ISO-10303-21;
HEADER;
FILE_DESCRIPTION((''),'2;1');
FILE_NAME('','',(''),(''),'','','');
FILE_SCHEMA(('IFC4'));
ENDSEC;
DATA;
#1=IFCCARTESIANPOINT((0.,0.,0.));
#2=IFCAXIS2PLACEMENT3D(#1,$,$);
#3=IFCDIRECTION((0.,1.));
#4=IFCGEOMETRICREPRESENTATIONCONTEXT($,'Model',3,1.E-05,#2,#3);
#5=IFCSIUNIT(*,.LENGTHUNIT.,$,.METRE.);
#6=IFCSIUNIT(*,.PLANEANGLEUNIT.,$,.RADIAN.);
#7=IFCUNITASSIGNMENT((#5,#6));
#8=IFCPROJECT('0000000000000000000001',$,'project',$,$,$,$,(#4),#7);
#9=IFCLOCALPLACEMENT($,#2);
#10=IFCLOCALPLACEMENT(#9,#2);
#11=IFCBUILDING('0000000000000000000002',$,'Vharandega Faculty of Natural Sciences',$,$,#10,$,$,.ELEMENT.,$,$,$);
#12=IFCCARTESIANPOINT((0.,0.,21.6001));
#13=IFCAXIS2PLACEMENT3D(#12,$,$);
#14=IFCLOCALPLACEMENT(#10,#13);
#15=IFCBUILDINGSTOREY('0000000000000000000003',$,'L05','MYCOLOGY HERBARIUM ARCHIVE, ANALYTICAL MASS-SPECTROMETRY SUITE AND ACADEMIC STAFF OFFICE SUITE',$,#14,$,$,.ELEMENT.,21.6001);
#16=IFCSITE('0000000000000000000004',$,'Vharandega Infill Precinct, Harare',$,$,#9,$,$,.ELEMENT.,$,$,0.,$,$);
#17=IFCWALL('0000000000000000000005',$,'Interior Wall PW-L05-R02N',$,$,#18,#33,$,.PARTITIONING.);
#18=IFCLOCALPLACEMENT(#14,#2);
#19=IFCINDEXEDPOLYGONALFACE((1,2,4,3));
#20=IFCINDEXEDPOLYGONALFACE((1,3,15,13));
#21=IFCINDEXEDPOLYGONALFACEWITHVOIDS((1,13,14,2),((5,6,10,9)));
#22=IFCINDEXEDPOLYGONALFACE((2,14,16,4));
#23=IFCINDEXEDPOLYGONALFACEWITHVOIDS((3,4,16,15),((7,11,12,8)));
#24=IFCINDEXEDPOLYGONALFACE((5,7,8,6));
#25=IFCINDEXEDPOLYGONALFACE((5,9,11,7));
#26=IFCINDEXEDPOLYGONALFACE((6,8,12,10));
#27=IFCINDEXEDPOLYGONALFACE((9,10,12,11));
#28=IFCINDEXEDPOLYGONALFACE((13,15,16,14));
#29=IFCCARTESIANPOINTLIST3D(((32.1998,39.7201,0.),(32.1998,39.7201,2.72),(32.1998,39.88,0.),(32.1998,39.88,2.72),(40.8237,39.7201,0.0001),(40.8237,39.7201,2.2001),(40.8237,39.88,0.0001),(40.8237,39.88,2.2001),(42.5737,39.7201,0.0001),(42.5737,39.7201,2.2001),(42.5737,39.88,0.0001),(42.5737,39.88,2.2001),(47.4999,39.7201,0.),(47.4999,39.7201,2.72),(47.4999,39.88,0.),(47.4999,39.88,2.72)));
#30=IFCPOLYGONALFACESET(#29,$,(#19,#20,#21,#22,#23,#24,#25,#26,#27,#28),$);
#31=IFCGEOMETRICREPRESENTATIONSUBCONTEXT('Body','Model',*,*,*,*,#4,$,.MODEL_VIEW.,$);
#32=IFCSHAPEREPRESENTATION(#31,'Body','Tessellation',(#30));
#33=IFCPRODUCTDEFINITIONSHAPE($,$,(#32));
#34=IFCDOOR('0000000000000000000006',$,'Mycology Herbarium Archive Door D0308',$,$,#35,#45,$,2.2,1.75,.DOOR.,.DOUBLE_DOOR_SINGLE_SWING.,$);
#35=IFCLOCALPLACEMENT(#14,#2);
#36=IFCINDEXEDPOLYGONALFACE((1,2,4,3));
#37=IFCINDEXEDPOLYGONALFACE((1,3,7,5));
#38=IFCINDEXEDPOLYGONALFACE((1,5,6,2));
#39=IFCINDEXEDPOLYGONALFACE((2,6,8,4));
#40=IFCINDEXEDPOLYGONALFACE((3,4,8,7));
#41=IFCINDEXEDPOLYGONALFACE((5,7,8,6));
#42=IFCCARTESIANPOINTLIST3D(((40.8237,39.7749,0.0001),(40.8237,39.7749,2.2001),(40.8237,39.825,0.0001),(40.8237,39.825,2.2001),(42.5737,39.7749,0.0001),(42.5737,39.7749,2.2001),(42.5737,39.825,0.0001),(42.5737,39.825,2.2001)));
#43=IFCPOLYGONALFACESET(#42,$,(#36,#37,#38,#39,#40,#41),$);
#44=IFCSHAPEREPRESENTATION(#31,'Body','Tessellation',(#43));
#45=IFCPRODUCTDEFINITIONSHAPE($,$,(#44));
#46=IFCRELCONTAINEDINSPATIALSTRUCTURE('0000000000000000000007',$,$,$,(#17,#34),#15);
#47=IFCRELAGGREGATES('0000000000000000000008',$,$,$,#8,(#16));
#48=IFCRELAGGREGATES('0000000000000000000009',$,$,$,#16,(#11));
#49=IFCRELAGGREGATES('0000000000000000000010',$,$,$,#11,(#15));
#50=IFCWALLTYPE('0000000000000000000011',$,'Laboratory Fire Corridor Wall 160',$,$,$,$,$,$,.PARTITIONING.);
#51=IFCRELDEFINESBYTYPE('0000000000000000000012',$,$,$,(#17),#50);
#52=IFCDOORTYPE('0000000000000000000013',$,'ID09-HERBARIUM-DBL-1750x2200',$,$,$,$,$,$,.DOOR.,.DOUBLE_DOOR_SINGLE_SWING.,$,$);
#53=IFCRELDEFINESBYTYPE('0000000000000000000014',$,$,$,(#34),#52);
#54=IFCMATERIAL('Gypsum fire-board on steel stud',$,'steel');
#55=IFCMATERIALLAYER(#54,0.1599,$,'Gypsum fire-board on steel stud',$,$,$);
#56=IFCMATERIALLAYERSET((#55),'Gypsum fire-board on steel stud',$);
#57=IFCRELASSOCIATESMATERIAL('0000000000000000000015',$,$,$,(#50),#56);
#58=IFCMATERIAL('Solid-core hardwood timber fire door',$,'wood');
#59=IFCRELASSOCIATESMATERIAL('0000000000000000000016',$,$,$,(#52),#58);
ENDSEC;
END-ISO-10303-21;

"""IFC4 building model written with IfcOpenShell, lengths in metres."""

from ifc_helpers import new_model, si_unit, direction, frame, frame_2d, origin, place, context, subcontext, project, spatial, rectangle, extrude, material, layer, layer_set, type_object, element, fill, save


model = new_model("IFC4")

# Units and contexts
model_context = context("Model", 3, precision=1e-05, world=origin(), true_north=direction((0.0, 1.0)))
body_context = subcontext(model_context, "Body", "Model", "MODEL_VIEW")
ifc_project = project(units=[si_unit("LENGTHUNIT", "METRE"), si_unit("PLANEANGLEUNIT", "RADIAN")], contexts=[model_context])

# Site, building, storey
site_placement = place(None, origin())
site = spatial("IfcSite", under=ifc_project, at=site_placement, Name="Vharandega Infill Precinct, Harare", CompositionType="ELEMENT", RefElevation=0.0)
building_placement = place(site_placement, origin())
building = spatial("IfcBuilding", under=site, at=building_placement, Name="Vharandega Faculty of Natural Sciences", CompositionType="ELEMENT")
storey_placement = place(building_placement, frame((0.0, 0.0, 21.6001)))
storey = spatial("IfcBuildingStorey", under=building, at=storey_placement, Name="L05", Description="MYCOLOGY HERBARIUM ARCHIVE, ANALYTICAL MASS-SPECTROMETRY SUITE AND ACADEMIC STAFF OFFICE SUITE", CompositionType="ELEMENT", Elevation=21.6001)

# Wall, opening, door
ifc_material_1 = material(Name="Gypsum fire-board on steel stud", Category="steel")
ifc_layer_1 = layer(ifc_material_1, 0.1599, Name="Gypsum fire-board on steel stud")
ifc_layer_set_1 = layer_set([ifc_layer_1], Name="Gypsum fire-board on steel stud")
wall_type = type_object("IfcWallType", Name="Laboratory Fire Corridor Wall 160", PredefinedType="PARTITIONING", material=ifc_layer_set_1)
wall_placement = place(storey_placement, frame((32.2, 39.8, 0.0), z_axis=(0.0, 0.0, 1.0), x_axis=(1.0, 0.0, 0.0)))
wall = element("IfcWall", 1, at=wall_placement, inside=storey, type_object=wall_type, Name="Interior Wall PW-L05-R02N", PredefinedType="PARTITIONING", context=body_context, shape_type="SweptSolid", body=[
    extrude(rectangle(XDim=15.3, YDim=0.1599, at=frame_2d((7.6499, 0.0))), origin(), (0.0, 0.0, 1.0), 2.72),
])
opening_placement = place(wall_placement, frame((8.6238, 0.0, 0.0)))
opening = element("IfcOpeningElement", 2, at=opening_placement, cuts=wall, PredefinedType="OPENING", context=body_context, shape_type="SweptSolid", body=[
    extrude(rectangle(XDim=1.75, YDim=2.2, at=frame_2d((0.875, 1.1001))), frame((0.0, 0.0898, 0.0), z_axis=(0.0, -1.0, 0.0), x_axis=(1.0, 0.0, 0.0)), (0.0, 0.0, 1.0), 0.1799),
])
ifc_material_2 = material(Name="Solid-core hardwood timber fire door", Category="wood")
door_type = type_object("IfcDoorType", Name="ID09-HERBARIUM-DBL-1750x2200", OperationType="DOUBLE_DOOR_SINGLE_SWING", PredefinedType="DOOR", material=ifc_material_2)
door_placement = place(opening_placement, origin())
door = element("IfcDoor", 3, at=door_placement, inside=storey, type_object=door_type, Name="Mycology Herbarium Archive Door D0308", OperationType="DOUBLE_DOOR_SINGLE_SWING", OverallHeight=2.2, OverallWidth=1.75, PredefinedType="DOOR", context=body_context, shape_type="SweptSolid", body=[
    extrude(rectangle(XDim=1.75, YDim=2.2, at=frame_2d((0.875, 1.1001))), frame((0.0, 0.0249, 0.0), z_axis=(0.0, -1.0, 0.0), x_axis=(1.0, 0.0, 0.0)), (0.0, 0.0, 1.0), 0.05),
])
fill(opening, door)

save(model, "model.ifc")
